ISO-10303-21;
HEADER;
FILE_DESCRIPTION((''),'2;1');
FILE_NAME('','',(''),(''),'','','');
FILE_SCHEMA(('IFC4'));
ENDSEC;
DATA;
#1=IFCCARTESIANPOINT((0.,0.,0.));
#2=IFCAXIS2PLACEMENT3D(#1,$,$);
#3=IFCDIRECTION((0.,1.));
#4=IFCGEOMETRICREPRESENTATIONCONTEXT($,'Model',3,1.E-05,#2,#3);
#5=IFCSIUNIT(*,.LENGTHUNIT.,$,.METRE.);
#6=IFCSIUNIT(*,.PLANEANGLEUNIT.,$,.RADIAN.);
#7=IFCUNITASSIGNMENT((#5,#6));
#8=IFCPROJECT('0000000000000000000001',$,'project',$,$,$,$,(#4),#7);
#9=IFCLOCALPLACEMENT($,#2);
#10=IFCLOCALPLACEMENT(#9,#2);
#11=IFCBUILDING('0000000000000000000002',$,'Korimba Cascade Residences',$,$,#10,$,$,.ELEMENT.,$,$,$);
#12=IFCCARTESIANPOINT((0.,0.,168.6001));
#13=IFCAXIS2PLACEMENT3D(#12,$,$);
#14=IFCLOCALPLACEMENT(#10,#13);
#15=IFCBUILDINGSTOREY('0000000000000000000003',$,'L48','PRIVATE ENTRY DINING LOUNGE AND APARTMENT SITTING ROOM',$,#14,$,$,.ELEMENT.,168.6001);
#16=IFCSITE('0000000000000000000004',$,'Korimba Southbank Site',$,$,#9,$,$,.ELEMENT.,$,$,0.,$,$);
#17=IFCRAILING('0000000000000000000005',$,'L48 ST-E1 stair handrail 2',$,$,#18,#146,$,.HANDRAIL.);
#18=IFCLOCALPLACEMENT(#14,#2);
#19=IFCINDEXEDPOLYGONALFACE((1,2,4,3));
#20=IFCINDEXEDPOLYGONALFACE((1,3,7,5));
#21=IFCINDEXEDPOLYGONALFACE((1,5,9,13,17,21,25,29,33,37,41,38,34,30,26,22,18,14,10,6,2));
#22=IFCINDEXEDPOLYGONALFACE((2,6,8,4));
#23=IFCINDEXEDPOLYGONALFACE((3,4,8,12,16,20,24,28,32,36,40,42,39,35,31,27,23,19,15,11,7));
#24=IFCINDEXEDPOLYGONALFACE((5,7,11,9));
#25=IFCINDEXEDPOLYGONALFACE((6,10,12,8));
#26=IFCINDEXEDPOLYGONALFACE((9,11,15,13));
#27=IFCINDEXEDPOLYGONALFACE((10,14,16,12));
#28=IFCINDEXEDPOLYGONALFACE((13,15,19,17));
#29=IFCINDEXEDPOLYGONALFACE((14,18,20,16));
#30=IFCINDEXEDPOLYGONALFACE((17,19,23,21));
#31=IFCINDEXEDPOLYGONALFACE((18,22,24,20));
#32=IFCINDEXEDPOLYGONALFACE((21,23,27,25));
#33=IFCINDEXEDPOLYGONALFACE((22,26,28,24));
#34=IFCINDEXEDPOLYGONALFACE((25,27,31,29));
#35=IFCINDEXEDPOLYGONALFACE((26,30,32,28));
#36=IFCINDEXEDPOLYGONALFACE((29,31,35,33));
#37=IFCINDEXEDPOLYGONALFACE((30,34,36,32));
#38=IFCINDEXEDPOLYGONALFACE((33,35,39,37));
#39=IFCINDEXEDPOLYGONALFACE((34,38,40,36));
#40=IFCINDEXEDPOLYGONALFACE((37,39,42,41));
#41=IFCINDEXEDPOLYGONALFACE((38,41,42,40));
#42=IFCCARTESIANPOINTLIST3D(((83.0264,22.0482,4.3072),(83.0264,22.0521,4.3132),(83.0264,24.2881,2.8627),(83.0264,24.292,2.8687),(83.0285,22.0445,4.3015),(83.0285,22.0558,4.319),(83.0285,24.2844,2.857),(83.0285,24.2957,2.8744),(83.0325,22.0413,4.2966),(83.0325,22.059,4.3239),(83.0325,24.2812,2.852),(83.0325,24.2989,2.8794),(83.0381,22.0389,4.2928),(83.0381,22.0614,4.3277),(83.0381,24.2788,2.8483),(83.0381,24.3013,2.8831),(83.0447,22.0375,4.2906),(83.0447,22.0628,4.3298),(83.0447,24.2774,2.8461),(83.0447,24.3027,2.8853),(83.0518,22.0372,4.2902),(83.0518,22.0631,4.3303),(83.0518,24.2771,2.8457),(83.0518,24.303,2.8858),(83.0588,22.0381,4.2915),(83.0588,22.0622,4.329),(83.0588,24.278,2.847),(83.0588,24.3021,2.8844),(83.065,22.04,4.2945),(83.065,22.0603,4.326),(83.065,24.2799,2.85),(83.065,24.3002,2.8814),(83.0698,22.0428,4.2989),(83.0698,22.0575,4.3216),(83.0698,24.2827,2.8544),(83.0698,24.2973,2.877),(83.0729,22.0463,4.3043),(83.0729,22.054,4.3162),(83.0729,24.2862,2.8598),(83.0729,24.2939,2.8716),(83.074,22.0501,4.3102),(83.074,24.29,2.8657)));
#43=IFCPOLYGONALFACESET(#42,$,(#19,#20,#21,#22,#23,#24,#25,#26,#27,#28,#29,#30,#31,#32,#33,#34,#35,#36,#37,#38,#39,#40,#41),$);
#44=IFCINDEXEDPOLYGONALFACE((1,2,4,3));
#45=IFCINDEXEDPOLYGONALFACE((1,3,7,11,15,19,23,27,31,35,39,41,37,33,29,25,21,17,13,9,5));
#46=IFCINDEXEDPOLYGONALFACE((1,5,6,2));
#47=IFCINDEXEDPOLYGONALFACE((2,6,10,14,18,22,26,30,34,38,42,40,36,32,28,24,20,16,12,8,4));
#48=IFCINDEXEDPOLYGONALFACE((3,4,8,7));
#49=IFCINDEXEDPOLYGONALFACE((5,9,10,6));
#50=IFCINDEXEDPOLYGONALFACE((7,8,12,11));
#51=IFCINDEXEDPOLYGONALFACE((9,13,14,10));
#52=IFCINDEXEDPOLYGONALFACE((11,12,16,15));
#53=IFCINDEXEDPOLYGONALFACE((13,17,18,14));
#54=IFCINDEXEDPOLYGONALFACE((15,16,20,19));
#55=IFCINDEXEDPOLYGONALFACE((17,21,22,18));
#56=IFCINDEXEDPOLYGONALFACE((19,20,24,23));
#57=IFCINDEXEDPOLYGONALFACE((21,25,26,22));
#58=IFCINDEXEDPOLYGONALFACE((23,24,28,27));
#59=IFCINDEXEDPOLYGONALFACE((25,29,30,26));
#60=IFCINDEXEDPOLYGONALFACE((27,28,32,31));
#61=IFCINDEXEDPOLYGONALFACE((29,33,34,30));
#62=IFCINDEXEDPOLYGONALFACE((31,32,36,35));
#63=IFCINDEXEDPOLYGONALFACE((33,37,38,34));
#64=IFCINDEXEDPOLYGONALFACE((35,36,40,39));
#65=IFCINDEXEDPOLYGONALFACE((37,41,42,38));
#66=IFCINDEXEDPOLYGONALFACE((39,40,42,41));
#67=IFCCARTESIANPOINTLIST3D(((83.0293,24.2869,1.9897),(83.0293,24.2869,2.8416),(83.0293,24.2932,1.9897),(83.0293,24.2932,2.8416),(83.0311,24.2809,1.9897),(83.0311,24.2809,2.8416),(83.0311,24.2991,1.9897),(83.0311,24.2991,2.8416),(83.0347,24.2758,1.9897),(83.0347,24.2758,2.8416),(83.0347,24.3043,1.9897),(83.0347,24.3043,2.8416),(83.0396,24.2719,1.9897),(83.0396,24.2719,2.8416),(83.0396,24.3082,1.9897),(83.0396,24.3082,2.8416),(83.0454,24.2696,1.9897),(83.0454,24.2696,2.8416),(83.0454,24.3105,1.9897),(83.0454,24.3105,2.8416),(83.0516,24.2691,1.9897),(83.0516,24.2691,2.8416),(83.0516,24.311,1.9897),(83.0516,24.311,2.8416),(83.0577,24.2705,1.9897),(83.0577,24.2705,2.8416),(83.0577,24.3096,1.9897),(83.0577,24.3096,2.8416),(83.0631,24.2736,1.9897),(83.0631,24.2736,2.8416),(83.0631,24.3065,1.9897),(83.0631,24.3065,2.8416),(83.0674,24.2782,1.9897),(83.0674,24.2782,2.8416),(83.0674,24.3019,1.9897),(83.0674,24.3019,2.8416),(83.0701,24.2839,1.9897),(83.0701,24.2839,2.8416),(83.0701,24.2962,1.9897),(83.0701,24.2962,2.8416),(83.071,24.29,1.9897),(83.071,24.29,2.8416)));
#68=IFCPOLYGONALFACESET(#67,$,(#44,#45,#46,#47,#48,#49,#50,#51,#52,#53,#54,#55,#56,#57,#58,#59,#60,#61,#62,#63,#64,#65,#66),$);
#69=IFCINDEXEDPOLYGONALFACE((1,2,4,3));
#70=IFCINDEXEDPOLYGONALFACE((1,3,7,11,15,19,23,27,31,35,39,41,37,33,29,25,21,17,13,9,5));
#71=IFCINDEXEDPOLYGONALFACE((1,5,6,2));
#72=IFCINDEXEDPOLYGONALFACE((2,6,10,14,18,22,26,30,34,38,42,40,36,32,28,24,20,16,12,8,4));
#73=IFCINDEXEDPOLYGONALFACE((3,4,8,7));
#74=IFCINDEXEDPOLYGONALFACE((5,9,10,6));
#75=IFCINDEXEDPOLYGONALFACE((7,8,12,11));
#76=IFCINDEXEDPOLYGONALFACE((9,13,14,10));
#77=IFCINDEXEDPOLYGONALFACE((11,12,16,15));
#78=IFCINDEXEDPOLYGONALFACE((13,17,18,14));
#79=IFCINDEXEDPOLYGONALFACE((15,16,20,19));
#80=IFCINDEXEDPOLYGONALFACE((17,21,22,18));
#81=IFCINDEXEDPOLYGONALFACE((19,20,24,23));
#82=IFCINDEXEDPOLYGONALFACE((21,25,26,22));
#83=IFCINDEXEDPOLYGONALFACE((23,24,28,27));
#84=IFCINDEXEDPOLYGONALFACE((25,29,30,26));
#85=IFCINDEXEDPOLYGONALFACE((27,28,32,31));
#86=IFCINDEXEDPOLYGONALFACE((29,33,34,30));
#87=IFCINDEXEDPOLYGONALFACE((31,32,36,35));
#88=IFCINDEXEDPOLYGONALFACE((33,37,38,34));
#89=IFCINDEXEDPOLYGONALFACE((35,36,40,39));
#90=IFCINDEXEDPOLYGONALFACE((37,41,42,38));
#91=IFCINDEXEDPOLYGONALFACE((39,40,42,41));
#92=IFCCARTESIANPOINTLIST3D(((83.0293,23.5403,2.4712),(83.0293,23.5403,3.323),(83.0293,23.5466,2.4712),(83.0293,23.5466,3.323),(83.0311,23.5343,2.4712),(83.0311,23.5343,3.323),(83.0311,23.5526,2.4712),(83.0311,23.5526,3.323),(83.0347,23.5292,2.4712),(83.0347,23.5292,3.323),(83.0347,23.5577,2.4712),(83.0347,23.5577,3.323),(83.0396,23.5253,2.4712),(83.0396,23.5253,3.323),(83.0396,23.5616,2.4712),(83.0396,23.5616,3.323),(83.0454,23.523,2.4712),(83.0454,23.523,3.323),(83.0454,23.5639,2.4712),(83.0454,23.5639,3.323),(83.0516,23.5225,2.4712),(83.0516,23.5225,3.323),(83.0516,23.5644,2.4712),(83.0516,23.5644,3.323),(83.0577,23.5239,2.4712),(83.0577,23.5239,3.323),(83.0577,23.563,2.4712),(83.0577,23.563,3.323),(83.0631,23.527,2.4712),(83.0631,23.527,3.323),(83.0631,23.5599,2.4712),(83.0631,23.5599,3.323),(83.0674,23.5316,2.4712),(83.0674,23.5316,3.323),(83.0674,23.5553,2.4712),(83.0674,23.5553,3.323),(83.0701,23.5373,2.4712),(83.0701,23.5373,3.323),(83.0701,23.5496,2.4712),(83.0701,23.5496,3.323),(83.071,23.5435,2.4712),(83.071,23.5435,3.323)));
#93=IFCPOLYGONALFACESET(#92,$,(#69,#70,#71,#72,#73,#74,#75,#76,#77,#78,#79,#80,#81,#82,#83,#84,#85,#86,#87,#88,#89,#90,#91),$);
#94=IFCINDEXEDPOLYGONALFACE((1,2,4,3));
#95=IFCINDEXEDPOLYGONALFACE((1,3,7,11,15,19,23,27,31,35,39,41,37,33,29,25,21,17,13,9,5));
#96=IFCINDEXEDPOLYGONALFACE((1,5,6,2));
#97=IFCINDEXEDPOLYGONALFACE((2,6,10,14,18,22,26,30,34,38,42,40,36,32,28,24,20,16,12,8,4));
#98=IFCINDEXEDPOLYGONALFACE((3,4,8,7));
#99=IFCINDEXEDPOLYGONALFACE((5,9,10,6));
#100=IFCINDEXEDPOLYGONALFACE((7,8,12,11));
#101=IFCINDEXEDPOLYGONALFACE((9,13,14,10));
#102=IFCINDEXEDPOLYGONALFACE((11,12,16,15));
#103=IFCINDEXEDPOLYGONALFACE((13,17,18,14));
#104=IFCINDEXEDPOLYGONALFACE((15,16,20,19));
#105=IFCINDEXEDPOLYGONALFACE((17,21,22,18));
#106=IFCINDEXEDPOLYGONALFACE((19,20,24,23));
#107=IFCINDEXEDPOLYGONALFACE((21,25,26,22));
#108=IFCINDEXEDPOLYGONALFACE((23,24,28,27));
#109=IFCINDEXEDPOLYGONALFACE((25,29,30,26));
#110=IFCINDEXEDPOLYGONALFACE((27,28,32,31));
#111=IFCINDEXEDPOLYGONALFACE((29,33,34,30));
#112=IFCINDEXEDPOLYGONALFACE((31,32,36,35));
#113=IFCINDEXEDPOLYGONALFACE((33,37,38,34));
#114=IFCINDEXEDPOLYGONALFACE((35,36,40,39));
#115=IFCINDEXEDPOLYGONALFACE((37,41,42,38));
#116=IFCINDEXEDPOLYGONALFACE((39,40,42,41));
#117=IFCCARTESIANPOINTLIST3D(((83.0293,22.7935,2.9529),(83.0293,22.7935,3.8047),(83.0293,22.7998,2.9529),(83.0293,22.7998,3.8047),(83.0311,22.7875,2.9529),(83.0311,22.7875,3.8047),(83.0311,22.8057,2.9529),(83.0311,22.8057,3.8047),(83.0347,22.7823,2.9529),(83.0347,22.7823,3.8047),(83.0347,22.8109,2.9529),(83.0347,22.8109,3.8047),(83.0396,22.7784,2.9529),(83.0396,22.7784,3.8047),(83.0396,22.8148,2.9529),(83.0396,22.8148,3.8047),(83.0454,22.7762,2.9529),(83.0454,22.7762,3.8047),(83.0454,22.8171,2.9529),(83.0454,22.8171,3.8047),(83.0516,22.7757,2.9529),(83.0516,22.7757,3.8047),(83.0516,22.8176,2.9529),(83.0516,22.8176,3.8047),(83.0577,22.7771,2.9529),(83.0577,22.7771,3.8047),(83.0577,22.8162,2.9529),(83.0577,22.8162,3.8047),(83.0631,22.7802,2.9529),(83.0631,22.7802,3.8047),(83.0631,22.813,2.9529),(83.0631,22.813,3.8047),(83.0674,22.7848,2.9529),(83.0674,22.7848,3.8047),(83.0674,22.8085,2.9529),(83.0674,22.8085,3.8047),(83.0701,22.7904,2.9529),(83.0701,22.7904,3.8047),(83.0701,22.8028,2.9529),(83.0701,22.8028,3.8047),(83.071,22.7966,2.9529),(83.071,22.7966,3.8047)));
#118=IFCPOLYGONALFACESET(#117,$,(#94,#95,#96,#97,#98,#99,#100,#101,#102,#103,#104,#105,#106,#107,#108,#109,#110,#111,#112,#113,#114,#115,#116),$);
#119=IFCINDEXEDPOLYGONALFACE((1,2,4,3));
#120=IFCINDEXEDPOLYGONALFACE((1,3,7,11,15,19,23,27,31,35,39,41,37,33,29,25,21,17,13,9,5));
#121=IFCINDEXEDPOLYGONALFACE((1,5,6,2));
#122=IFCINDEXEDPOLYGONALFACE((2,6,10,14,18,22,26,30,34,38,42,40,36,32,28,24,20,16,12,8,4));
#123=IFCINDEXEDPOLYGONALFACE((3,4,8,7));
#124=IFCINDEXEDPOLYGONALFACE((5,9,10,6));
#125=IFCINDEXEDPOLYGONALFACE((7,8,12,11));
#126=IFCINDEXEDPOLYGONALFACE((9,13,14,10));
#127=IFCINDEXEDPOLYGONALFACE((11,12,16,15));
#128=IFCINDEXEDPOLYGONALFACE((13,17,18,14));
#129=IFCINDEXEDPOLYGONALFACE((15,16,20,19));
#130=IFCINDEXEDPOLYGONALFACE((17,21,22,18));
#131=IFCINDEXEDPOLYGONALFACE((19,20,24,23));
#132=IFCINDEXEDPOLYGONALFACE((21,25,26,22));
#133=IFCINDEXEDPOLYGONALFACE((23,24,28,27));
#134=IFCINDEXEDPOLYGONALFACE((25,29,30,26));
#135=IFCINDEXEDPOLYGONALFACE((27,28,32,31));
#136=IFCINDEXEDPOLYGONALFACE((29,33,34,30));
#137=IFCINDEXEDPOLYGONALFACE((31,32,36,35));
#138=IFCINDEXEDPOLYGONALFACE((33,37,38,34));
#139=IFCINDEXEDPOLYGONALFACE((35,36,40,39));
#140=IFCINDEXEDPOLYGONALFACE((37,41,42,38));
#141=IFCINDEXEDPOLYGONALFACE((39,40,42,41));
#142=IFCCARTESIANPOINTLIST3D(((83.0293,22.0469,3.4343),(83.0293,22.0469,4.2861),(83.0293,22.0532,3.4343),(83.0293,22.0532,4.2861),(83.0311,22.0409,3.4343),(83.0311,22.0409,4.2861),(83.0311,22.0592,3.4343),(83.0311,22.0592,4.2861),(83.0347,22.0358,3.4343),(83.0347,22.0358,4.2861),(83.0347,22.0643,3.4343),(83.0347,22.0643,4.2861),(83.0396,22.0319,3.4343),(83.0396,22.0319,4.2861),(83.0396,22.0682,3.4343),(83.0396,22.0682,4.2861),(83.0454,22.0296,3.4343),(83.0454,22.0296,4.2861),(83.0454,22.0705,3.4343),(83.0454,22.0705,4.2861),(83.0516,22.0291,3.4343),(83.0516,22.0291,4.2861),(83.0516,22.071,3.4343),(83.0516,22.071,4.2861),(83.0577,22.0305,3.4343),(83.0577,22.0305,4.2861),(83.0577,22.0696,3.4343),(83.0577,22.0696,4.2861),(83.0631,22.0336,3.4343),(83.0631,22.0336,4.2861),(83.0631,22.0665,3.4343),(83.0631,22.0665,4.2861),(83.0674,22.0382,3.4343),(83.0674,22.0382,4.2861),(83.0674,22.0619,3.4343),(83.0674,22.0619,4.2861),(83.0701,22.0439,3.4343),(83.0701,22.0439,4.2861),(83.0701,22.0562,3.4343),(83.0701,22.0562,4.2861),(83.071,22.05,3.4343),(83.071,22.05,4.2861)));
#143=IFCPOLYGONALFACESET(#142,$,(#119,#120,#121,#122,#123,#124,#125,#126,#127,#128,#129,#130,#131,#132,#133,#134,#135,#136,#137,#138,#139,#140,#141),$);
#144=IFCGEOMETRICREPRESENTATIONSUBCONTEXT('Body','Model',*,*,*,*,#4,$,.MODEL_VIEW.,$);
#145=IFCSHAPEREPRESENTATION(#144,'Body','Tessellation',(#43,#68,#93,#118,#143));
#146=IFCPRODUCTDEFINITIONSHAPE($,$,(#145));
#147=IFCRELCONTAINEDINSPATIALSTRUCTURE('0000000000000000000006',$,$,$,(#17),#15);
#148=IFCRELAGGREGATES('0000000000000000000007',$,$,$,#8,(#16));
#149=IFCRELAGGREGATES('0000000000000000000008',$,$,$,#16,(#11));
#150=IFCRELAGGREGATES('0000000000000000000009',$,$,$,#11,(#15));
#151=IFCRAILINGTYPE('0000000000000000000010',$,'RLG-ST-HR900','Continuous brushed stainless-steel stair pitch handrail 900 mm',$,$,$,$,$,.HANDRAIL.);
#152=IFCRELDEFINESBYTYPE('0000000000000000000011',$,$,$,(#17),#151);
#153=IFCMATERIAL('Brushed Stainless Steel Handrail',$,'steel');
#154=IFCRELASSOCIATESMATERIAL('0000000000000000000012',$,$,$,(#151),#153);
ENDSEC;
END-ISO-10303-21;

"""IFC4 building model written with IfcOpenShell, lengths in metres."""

from ifc_helpers import new_model, si_unit, direction, frame, origin, origin_2d, place, context, subcontext, project, spatial, circle, extrude, material, type_object, element, save


model = new_model("IFC4")

# Units and contexts
model_context = context("Model", 3, precision=1e-05, world=origin(), true_north=direction((0.0, 1.0)))
body_context = subcontext(model_context, "Body", "Model", "MODEL_VIEW")
ifc_project = project(units=[si_unit("LENGTHUNIT", "METRE"), si_unit("PLANEANGLEUNIT", "RADIAN")], contexts=[model_context])

# Site, building, storey
site_placement = place(None, origin())
site = spatial("IfcSite", under=ifc_project, at=site_placement, Name="Korimba Southbank Site", CompositionType="ELEMENT", RefElevation=0.0)
building_placement = place(site_placement, origin())
building = spatial("IfcBuilding", under=site, at=building_placement, Name="Korimba Cascade Residences", CompositionType="ELEMENT")
storey_placement = place(building_placement, frame((0.0, 0.0, 168.6001)))
storey = spatial("IfcBuildingStorey", under=building, at=storey_placement, Name="L48", Description="PRIVATE ENTRY DINING LOUNGE AND APARTMENT SITTING ROOM", CompositionType="ELEMENT", Elevation=168.6001)

# Railing
ifc_material_1 = material(Name="Brushed Stainless Steel Handrail", Category="steel")
railing_type_1 = type_object("IfcRailingType", Name="RLG-ST-HR900", Description="Continuous brushed stainless-steel stair pitch handrail 900 mm", PredefinedType="HANDRAIL", material=ifc_material_1)
railing_1_placement = place(storey_placement, frame((83.05, 24.29, 1.9897)))
element("IfcRailing", 1, at=railing_1_placement, inside=storey, type_object=railing_type_1, Name="L48 ST-E1 stair handrail 2", PredefinedType="HANDRAIL", context=body_context, shape_type="SweptSolid", body=[
    extrude(circle(Radius=0.0239, at=origin_2d()), frame((0.0, 0.0, 0.876), z_axis=(0.0, -0.840395, 0.541975), x_axis=(1.0, 0.0, 0.0)), (0.0, 0.0, 1.0), 2.6653),
    extrude(circle(Radius=0.021, at=origin_2d()), origin(), (0.0, 0.0, 1.0), 0.8518),
    extrude(circle(Radius=0.021, at=origin_2d()), frame((0.0, -0.7466, 0.4814)), (0.0, 0.0, 1.0), 0.8518),
    extrude(circle(Radius=0.021, at=origin_2d()), frame((0.0, -1.4934, 0.9631)), (0.0, 0.0, 1.0), 0.8518),
    extrude(circle(Radius=0.021, at=origin_2d()), frame((0.0, -2.24, 1.4446)), (0.0, 0.0, 1.0), 0.8518),
])

save(model, "model.ifc")
